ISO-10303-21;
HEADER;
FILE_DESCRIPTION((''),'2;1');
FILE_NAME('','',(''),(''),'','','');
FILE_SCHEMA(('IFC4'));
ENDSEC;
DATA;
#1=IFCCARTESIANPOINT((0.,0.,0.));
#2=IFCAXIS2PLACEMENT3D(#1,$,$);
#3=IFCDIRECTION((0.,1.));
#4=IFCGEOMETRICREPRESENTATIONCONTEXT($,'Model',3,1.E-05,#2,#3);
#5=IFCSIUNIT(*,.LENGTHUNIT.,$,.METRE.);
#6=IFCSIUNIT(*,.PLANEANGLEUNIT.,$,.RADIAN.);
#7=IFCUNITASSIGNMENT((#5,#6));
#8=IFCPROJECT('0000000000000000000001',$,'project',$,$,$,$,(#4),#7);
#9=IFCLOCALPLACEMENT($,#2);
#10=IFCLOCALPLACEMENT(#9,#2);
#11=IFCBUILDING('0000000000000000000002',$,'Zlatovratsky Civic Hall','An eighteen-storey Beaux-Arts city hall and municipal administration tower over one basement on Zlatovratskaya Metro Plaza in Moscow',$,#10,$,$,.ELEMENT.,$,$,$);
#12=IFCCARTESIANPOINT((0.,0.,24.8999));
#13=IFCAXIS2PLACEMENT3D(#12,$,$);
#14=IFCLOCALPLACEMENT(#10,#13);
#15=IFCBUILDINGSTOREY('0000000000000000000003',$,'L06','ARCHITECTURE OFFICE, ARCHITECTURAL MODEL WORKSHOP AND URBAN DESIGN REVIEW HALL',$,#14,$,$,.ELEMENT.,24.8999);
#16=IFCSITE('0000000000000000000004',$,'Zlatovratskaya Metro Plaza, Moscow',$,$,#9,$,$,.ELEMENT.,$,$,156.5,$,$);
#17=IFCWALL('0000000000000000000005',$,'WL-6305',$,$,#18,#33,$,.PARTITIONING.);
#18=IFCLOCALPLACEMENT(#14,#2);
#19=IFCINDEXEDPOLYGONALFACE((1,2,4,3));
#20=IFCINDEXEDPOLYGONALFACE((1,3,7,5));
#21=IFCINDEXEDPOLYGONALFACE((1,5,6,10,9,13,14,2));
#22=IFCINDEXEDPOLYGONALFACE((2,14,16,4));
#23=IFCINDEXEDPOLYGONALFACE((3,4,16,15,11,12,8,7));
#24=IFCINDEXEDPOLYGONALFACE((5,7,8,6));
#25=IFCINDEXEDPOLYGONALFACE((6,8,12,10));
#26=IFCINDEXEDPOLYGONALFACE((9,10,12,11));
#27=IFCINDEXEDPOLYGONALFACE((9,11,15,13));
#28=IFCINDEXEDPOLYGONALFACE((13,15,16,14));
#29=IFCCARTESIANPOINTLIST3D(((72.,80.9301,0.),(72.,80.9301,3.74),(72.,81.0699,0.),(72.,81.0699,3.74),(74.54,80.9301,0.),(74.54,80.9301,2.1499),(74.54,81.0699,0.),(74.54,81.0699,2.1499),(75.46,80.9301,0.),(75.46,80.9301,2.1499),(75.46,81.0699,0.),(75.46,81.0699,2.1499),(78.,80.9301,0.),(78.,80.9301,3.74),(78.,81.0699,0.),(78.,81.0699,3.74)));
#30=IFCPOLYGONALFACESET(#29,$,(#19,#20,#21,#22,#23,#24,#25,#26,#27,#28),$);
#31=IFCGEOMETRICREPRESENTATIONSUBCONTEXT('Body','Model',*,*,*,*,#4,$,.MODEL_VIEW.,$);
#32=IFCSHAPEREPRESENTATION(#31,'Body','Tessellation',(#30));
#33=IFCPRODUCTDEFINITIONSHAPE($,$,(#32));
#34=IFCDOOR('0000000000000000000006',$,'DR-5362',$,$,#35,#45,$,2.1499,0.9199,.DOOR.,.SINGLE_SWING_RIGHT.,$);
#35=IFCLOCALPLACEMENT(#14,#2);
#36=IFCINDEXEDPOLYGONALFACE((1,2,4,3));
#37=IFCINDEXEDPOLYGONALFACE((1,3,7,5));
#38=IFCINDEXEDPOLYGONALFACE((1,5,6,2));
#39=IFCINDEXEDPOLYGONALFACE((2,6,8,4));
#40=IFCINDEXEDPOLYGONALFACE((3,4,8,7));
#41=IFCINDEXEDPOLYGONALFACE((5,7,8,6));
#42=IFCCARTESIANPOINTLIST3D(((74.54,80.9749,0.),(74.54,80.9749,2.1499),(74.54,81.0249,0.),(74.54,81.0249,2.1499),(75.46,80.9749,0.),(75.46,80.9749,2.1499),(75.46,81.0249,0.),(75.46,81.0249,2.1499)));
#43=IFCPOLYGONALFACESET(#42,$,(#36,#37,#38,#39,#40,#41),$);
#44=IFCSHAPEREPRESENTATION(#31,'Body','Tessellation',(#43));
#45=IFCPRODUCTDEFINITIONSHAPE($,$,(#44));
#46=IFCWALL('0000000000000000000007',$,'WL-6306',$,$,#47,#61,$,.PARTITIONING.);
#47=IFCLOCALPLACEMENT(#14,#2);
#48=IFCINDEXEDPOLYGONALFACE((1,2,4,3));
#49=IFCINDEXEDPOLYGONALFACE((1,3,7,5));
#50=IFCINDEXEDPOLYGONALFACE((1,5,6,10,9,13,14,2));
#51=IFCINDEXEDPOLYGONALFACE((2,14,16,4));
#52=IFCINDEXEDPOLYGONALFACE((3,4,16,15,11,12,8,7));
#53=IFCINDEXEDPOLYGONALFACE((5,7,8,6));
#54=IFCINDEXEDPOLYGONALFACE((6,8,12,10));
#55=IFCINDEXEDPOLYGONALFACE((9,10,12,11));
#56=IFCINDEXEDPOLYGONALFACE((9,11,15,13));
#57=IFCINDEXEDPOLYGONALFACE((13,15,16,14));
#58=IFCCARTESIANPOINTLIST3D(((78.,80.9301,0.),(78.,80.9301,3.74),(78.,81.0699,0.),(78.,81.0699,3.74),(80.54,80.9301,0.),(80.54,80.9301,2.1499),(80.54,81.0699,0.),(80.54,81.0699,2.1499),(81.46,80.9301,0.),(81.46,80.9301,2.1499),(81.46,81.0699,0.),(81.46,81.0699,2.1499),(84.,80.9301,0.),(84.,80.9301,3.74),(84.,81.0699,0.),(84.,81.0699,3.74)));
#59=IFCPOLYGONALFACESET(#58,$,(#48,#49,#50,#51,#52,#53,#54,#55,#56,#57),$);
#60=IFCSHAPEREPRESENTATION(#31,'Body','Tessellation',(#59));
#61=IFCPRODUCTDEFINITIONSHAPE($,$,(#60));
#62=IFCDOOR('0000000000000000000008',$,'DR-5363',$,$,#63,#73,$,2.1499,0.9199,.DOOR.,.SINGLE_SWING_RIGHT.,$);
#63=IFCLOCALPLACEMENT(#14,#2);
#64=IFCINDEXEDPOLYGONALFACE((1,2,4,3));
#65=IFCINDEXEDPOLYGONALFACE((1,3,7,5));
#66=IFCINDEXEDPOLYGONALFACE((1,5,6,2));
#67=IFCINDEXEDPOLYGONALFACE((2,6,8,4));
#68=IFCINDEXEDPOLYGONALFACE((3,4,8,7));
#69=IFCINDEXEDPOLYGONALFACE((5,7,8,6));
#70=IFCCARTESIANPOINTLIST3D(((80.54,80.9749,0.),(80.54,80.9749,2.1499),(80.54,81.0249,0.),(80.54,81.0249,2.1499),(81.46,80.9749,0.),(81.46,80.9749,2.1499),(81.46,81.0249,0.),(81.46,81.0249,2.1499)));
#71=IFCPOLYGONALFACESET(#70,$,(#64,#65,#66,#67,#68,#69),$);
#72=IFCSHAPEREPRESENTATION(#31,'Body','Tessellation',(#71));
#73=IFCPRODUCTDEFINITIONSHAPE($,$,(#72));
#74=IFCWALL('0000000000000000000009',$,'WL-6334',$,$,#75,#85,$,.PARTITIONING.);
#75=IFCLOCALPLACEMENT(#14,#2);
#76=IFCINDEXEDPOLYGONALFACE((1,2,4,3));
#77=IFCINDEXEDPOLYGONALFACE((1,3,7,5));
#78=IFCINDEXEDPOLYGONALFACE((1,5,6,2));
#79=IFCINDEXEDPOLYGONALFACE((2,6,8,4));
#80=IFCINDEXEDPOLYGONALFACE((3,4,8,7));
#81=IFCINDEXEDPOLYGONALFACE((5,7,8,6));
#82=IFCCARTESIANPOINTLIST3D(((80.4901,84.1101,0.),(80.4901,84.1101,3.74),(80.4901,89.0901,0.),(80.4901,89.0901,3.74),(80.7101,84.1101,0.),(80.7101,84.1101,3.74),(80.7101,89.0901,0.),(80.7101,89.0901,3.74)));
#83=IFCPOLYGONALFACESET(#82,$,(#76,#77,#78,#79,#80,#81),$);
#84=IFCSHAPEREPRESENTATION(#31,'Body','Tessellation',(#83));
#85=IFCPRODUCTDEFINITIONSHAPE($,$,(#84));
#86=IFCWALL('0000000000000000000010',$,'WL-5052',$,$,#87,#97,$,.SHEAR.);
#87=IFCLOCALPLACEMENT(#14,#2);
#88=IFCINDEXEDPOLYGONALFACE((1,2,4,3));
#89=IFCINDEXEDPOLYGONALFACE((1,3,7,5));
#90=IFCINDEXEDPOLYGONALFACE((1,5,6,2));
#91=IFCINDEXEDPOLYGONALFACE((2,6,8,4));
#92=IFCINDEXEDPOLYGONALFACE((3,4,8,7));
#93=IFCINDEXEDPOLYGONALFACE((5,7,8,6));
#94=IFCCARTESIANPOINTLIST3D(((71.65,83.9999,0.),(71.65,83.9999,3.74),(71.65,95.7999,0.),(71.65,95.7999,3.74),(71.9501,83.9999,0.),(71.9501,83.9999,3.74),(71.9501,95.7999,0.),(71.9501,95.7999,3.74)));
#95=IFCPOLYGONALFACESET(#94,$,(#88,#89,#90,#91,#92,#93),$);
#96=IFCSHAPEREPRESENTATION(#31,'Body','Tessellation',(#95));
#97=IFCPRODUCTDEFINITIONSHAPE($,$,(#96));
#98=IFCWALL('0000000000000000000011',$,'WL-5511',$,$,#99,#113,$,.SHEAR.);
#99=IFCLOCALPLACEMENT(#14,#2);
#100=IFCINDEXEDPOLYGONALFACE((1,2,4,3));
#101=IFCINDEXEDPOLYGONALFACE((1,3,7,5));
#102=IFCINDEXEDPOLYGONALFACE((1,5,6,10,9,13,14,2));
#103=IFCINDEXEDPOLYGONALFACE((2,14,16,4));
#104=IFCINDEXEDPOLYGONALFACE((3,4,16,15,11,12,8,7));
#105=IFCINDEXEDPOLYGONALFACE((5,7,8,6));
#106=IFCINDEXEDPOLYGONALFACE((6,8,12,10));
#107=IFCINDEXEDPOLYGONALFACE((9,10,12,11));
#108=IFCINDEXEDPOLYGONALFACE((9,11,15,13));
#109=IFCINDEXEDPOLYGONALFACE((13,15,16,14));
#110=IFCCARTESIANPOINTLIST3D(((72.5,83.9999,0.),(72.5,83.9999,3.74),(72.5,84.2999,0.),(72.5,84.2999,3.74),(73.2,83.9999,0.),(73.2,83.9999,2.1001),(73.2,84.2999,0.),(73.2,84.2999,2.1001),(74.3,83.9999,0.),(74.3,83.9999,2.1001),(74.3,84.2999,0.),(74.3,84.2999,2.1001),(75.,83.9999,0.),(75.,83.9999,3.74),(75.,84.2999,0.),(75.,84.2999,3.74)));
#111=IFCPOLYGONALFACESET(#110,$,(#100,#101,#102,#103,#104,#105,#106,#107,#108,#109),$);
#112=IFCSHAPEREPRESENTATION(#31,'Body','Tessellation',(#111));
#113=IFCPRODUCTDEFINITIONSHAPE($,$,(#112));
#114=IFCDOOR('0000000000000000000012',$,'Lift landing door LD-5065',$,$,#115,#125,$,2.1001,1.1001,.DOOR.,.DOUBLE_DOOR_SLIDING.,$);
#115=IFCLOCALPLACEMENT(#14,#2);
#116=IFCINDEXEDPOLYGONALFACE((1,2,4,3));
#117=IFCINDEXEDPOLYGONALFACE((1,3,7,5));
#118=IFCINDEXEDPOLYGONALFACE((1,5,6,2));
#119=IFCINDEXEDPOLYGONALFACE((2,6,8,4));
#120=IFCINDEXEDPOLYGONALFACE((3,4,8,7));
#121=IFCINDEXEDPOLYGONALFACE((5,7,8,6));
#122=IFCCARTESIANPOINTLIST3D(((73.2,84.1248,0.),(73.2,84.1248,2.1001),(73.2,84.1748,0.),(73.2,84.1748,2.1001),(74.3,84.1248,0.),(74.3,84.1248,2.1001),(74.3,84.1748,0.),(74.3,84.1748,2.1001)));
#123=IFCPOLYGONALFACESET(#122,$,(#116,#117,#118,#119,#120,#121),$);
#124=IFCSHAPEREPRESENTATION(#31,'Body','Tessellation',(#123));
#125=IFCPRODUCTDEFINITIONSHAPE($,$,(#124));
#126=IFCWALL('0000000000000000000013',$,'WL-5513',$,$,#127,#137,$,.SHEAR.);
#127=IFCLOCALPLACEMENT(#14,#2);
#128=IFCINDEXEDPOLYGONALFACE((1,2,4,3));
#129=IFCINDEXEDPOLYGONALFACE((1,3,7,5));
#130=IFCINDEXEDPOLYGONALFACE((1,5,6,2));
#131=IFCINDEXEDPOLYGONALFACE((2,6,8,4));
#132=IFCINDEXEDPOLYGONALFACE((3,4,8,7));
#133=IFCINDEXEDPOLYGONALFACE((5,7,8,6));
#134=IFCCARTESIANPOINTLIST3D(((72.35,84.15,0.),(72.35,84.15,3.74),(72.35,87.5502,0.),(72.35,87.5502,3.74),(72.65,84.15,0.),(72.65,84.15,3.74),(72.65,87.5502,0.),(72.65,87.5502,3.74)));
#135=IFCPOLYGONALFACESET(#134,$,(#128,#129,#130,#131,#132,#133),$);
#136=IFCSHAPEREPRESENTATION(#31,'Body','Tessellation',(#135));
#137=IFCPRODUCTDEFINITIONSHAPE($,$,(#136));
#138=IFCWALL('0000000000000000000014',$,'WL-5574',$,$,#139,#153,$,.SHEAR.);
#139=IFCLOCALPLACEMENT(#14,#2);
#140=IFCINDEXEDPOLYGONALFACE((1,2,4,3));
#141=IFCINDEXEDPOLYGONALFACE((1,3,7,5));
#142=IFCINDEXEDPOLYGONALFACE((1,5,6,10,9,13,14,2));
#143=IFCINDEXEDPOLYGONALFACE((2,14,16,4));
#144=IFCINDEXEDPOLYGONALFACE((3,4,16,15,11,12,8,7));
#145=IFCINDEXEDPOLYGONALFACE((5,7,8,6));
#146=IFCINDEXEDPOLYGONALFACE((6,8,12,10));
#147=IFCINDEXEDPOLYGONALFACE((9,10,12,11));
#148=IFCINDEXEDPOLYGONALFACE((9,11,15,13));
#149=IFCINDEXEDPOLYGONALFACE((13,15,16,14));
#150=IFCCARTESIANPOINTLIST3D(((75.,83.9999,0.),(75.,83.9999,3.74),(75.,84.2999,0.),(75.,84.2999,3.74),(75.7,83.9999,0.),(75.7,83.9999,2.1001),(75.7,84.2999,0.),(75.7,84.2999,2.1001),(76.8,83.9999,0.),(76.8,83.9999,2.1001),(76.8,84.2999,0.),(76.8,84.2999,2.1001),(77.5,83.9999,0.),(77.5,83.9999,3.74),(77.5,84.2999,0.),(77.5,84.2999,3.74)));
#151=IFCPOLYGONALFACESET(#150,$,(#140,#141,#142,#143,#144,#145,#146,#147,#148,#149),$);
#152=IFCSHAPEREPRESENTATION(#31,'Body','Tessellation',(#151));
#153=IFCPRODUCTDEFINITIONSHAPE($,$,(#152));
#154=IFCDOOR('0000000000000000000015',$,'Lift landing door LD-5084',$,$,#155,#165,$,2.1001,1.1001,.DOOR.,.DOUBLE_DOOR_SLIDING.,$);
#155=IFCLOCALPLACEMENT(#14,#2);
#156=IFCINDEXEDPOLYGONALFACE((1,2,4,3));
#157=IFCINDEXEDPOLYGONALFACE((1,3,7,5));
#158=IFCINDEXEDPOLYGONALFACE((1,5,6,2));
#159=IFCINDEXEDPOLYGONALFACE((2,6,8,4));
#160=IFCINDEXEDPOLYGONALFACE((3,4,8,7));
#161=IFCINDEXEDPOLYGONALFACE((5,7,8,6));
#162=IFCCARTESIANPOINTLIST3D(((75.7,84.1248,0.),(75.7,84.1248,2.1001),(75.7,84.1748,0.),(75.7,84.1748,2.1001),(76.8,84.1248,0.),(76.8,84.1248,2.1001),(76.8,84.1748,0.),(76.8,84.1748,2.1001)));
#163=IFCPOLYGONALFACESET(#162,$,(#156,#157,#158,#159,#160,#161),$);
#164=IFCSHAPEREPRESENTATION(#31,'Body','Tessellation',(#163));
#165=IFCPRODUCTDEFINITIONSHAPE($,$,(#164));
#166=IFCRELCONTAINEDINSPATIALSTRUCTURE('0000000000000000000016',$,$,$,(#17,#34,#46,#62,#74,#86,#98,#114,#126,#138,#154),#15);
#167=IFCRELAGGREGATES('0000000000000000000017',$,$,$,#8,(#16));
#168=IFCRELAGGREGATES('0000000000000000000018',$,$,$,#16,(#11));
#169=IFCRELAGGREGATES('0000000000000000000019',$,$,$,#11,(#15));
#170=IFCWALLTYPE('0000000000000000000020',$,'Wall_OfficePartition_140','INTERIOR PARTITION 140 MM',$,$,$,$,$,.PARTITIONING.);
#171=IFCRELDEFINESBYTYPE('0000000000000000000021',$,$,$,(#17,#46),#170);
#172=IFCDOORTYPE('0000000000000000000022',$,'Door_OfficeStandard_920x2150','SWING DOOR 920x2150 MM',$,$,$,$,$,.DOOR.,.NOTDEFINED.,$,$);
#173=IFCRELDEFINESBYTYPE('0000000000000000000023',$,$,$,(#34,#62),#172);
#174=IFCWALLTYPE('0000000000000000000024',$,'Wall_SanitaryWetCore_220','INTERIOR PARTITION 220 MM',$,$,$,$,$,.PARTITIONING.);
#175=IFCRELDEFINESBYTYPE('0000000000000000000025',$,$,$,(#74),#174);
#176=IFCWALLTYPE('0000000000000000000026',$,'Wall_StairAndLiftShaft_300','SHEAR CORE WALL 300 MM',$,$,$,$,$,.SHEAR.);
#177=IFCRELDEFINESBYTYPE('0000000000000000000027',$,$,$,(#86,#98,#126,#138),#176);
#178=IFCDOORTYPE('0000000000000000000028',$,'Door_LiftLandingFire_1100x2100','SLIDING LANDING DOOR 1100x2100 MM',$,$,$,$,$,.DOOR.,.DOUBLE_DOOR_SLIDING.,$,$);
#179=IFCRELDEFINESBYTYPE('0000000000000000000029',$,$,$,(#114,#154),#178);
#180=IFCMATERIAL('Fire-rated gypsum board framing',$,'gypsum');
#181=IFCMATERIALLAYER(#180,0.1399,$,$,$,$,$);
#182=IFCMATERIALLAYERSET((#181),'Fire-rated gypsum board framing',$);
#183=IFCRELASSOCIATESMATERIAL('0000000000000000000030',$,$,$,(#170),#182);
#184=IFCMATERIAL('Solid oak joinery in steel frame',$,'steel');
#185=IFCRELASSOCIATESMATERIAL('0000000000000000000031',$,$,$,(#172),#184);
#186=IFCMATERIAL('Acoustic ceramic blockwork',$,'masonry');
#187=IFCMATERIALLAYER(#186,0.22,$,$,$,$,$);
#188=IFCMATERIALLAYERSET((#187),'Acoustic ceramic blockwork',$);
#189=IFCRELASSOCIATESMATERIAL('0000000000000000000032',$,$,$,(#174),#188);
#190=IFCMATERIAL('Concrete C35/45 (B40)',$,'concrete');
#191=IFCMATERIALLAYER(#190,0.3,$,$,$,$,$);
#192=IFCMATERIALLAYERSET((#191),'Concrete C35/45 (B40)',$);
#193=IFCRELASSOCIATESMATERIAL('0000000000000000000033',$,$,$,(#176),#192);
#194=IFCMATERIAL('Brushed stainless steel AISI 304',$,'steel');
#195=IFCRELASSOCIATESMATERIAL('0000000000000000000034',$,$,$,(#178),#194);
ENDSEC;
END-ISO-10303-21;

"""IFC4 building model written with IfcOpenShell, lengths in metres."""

from ifc_helpers import new_model, si_unit, direction, frame, frame_2d, origin, place, context, subcontext, project, spatial, rectangle, extrude, material, layer, layer_set, type_object, element, fill, save


model = new_model("IFC4")

# Units and contexts
model_context = context("Model", 3, precision=1e-05, world=origin(), true_north=direction((0.0, 1.0)))
body_context = subcontext(model_context, "Body", "Model", "MODEL_VIEW")
ifc_project = project(units=[si_unit("LENGTHUNIT", "METRE"), si_unit("PLANEANGLEUNIT", "RADIAN")], contexts=[model_context])

# Site, building, storey
site_placement = place(None, origin())
site = spatial("IfcSite", under=ifc_project, at=site_placement, Name="Zlatovratskaya Metro Plaza, Moscow", CompositionType="ELEMENT", RefElevation=156.5)
building_placement = place(site_placement, origin())
building = spatial("IfcBuilding", under=site, at=building_placement, Name="Zlatovratsky Civic Hall", Description="An eighteen-storey Beaux-Arts city hall and municipal administration tower over one basement on Zlatovratskaya Metro Plaza in Moscow", CompositionType="ELEMENT")
storey_placement = place(building_placement, frame((0.0, 0.0, 24.8999)))
storey = spatial("IfcBuildingStorey", under=building, at=storey_placement, Name="L06", Description="ARCHITECTURE OFFICE, ARCHITECTURAL MODEL WORKSHOP AND URBAN DESIGN REVIEW HALL", CompositionType="ELEMENT", Elevation=24.8999)

# Shared definitions
ifc_material_1 = material(Name="Concrete C35/45 (B40)", Category="concrete")

# Walls, openings, doors
ifc_material_2 = material(Name="Fire-rated gypsum board framing", Category="gypsum")
ifc_layer_1 = layer(ifc_material_2, 0.1399)
ifc_layer_set_1 = layer_set([ifc_layer_1], Name="Fire-rated gypsum board framing")
wall_type_1 = type_object("IfcWallType", Name="Wall_OfficePartition_140", Description="INTERIOR PARTITION 140 MM", PredefinedType="PARTITIONING", material=ifc_layer_set_1)
wall_1_placement = place(storey_placement, frame((72.0, 81.0, 0.0), z_axis=(0.0, 0.0, 1.0), x_axis=(1.0, 0.0, 0.0)))
wall_1 = element("IfcWall", 1, at=wall_1_placement, inside=storey, type_object=wall_type_1, Name="WL-6305", PredefinedType="PARTITIONING", context=body_context, shape_type="SweptSolid", body=[
    extrude(rectangle(XDim=6.0, YDim=0.1399, at=frame_2d((3.0, 0.0))), origin(), (0.0, 0.0, 1.0), 3.74),
])
opening_1_placement = place(wall_1_placement, frame((2.54, 0.0, 0.0)))
opening_1 = element("IfcOpeningElement", 2, at=opening_1_placement, cuts=wall_1, PredefinedType="OPENING", context=body_context, shape_type="SweptSolid", body=[
    extrude(rectangle(XDim=0.9199, YDim=2.1499, at=frame_2d((0.46, 1.075))), frame((0.0, 0.085, 0.0), z_axis=(0.0, -1.0, 0.0), x_axis=(1.0, 0.0, 0.0)), (0.0, 0.0, 1.0), 0.1697),
])
ifc_material_3 = material(Name="Solid oak joinery in steel frame", Category="steel")
door_type_1 = type_object("IfcDoorType", Name="Door_OfficeStandard_920x2150", Description="SWING DOOR 920x2150 MM", OperationType="NOTDEFINED", PredefinedType="DOOR", material=ifc_material_3)
door_1_placement = place(opening_1_placement, origin())
door_1 = element("IfcDoor", 3, at=door_1_placement, inside=storey, type_object=door_type_1, Name="DR-5362", OperationType="SINGLE_SWING_RIGHT", OverallHeight=2.1499, OverallWidth=0.9199, PredefinedType="DOOR", context=body_context, shape_type="SweptSolid", body=[
    extrude(rectangle(XDim=0.9199, YDim=2.1499, at=frame_2d((0.46, 1.075))), frame((0.0, 0.0249, 0.0), z_axis=(0.0, -1.0, 0.0), x_axis=(1.0, 0.0, 0.0)), (0.0, 0.0, 1.0), 0.05),
])
fill(opening_1, door_1)
wall_2_placement = place(storey_placement, frame((78.0, 81.0, 0.0), z_axis=(0.0, 0.0, 1.0), x_axis=(1.0, 0.0, 0.0)))
wall_2 = element("IfcWall", 4, at=wall_2_placement, inside=storey, type_object=wall_type_1, Name="WL-6306", PredefinedType="PARTITIONING", context=body_context, shape_type="SweptSolid", body=[
    extrude(rectangle(XDim=6.0, YDim=0.1399, at=frame_2d((3.0, 0.0))), origin(), (0.0, 0.0, 1.0), 3.74),
])
opening_2_placement = place(wall_2_placement, frame((2.54, 0.0, 0.0)))
opening_2 = element("IfcOpeningElement", 5, at=opening_2_placement, cuts=wall_2, PredefinedType="OPENING", context=body_context, shape_type="SweptSolid", body=[
    extrude(rectangle(XDim=0.9199, YDim=2.1499, at=frame_2d((0.46, 1.075))), frame((0.0, 0.085, 0.0), z_axis=(0.0, -1.0, 0.0), x_axis=(1.0, 0.0, 0.0)), (0.0, 0.0, 1.0), 0.1697),
])
door_2_placement = place(opening_2_placement, origin())
door_2 = element("IfcDoor", 6, at=door_2_placement, inside=storey, type_object=door_type_1, Name="DR-5363", OperationType="SINGLE_SWING_RIGHT", OverallHeight=2.1499, OverallWidth=0.9199, PredefinedType="DOOR", context=body_context, shape_type="SweptSolid", body=[
    extrude(rectangle(XDim=0.9199, YDim=2.1499, at=frame_2d((0.46, 1.075))), frame((0.0, 0.0249, 0.0), z_axis=(0.0, -1.0, 0.0), x_axis=(1.0, 0.0, 0.0)), (0.0, 0.0, 1.0), 0.05),
])
fill(opening_2, door_2)
ifc_material_4 = material(Name="Acoustic ceramic blockwork", Category="masonry")
ifc_layer_2 = layer(ifc_material_4, 0.22)
ifc_layer_set_2 = layer_set([ifc_layer_2], Name="Acoustic ceramic blockwork")
wall_type_2 = type_object("IfcWallType", Name="Wall_SanitaryWetCore_220", Description="INTERIOR PARTITION 220 MM", PredefinedType="PARTITIONING", material=ifc_layer_set_2)

# Walls
wall_3_placement = place(storey_placement, frame((80.6001, 84.1101, 0.0), z_axis=(0.0, 0.0, 1.0), x_axis=(0.0, 1.0, 0.0)))
element("IfcWall", 7, at=wall_3_placement, inside=storey, type_object=wall_type_2, Name="WL-6334", PredefinedType="PARTITIONING", context=body_context, shape_type="SweptSolid", body=[
    extrude(rectangle(XDim=4.98, YDim=0.22, at=frame_2d((2.49, 0.0))), origin(), (0.0, 0.0, 1.0), 3.74),
])
ifc_layer_3 = layer(ifc_material_1, 0.3)
ifc_layer_set_3 = layer_set([ifc_layer_3], Name="Concrete C35/45 (B40)")
wall_type_3 = type_object("IfcWallType", Name="Wall_StairAndLiftShaft_300", Description="SHEAR CORE WALL 300 MM", PredefinedType="SHEAR", material=ifc_layer_set_3)
wall_4_placement = place(storey_placement, frame((71.8, 84.0, 0.0), z_axis=(0.0, 0.0, 1.0), x_axis=(0.0, 1.0, 0.0)))
element("IfcWall", 8, at=wall_4_placement, inside=storey, type_object=wall_type_3, Name="WL-5052", PredefinedType="SHEAR", context=body_context, shape_type="SweptSolid", body=[
    extrude(rectangle(XDim=11.8, YDim=0.3, at=frame_2d((5.8999, 0.0))), origin(), (0.0, 0.0, 1.0), 3.74),
])

# Wall, opening, door
wall_5_placement = place(storey_placement, frame((72.5, 84.1499, 0.0), z_axis=(0.0, 0.0, 1.0), x_axis=(1.0, 0.0, 0.0)))
wall_5 = element("IfcWall", 9, at=wall_5_placement, inside=storey, type_object=wall_type_3, Name="WL-5511", PredefinedType="SHEAR", context=body_context, shape_type="SweptSolid", body=[
    extrude(rectangle(XDim=2.5, YDim=0.3, at=frame_2d((1.25, 0.0))), origin(), (0.0, 0.0, 1.0), 3.74),
])
opening_3_placement = place(wall_5_placement, frame((0.7, 0.0, 0.0)))
opening_3 = element("IfcOpeningElement", 10, at=opening_3_placement, cuts=wall_5, PredefinedType="OPENING", context=body_context, shape_type="SweptSolid", body=[
    extrude(rectangle(XDim=1.1001, YDim=2.1001, at=frame_2d((0.55, 1.05))), frame((0.0, 0.165, 0.0), z_axis=(0.0, -1.0, 0.0), x_axis=(1.0, 0.0, 0.0)), (0.0, 0.0, 1.0), 0.3298),
])
ifc_material_5 = material(Name="Brushed stainless steel AISI 304", Category="steel")
door_type_2 = type_object("IfcDoorType", Name="Door_LiftLandingFire_1100x2100", Description="SLIDING LANDING DOOR 1100x2100 MM", OperationType="DOUBLE_DOOR_SLIDING", PredefinedType="DOOR", material=ifc_material_5)
door_3_placement = place(opening_3_placement, origin())
door_3 = element("IfcDoor", 11, at=door_3_placement, inside=storey, type_object=door_type_2, Name="Lift landing door LD-5065", OperationType="DOUBLE_DOOR_SLIDING", OverallHeight=2.1001, OverallWidth=1.1001, PredefinedType="DOOR", context=body_context, shape_type="SweptSolid", body=[
    extrude(rectangle(XDim=1.1001, YDim=2.1001, at=frame_2d((0.55, 1.05))), frame((0.0, 0.0249, 0.0), z_axis=(0.0, -1.0, 0.0), x_axis=(1.0, 0.0, 0.0)), (0.0, 0.0, 1.0), 0.05),
])
fill(opening_3, door_3)

# Wall
wall_6_placement = place(storey_placement, frame((72.5, 84.1499, 0.0), z_axis=(0.0, 0.0, 1.0), x_axis=(0.0, 1.0, 0.0)))
element("IfcWall", 12, at=wall_6_placement, inside=storey, type_object=wall_type_3, Name="WL-5513", PredefinedType="SHEAR", context=body_context, shape_type="SweptSolid", body=[
    extrude(rectangle(XDim=3.4001, YDim=0.3, at=frame_2d((1.7002, 0.0))), origin(), (0.0, 0.0, 1.0), 3.74),
])

# Wall, opening, door
wall_7_placement = place(storey_placement, frame((75.0, 84.1499, 0.0), z_axis=(0.0, 0.0, 1.0), x_axis=(1.0, 0.0, 0.0)))
wall_7 = element("IfcWall", 13, at=wall_7_placement, inside=storey, type_object=wall_type_3, Name="WL-5574", PredefinedType="SHEAR", context=body_context, shape_type="SweptSolid", body=[
    extrude(rectangle(XDim=2.5, YDim=0.3, at=frame_2d((1.25, 0.0))), origin(), (0.0, 0.0, 1.0), 3.74),
])
opening_4_placement = place(wall_7_placement, frame((0.7, 0.0, 0.0)))
opening_4 = element("IfcOpeningElement", 14, at=opening_4_placement, cuts=wall_7, PredefinedType="OPENING", context=body_context, shape_type="SweptSolid", body=[
    extrude(rectangle(XDim=1.1001, YDim=2.1001, at=frame_2d((0.55, 1.05))), frame((0.0, 0.165, 0.0), z_axis=(0.0, -1.0, 0.0), x_axis=(1.0, 0.0, 0.0)), (0.0, 0.0, 1.0), 0.3298),
])
door_4_placement = place(opening_4_placement, origin())
door_4 = element("IfcDoor", 15, at=door_4_placement, inside=storey, type_object=door_type_2, Name="Lift landing door LD-5084", OperationType="DOUBLE_DOOR_SLIDING", OverallHeight=2.1001, OverallWidth=1.1001, PredefinedType="DOOR", context=body_context, shape_type="SweptSolid", body=[
    extrude(rectangle(XDim=1.1001, YDim=2.1001, at=frame_2d((0.55, 1.05))), frame((0.0, 0.0249, 0.0), z_axis=(0.0, -1.0, 0.0), x_axis=(1.0, 0.0, 0.0)), (0.0, 0.0, 1.0), 0.05),
])
fill(opening_4, door_4)

save(model, "model.ifc")
